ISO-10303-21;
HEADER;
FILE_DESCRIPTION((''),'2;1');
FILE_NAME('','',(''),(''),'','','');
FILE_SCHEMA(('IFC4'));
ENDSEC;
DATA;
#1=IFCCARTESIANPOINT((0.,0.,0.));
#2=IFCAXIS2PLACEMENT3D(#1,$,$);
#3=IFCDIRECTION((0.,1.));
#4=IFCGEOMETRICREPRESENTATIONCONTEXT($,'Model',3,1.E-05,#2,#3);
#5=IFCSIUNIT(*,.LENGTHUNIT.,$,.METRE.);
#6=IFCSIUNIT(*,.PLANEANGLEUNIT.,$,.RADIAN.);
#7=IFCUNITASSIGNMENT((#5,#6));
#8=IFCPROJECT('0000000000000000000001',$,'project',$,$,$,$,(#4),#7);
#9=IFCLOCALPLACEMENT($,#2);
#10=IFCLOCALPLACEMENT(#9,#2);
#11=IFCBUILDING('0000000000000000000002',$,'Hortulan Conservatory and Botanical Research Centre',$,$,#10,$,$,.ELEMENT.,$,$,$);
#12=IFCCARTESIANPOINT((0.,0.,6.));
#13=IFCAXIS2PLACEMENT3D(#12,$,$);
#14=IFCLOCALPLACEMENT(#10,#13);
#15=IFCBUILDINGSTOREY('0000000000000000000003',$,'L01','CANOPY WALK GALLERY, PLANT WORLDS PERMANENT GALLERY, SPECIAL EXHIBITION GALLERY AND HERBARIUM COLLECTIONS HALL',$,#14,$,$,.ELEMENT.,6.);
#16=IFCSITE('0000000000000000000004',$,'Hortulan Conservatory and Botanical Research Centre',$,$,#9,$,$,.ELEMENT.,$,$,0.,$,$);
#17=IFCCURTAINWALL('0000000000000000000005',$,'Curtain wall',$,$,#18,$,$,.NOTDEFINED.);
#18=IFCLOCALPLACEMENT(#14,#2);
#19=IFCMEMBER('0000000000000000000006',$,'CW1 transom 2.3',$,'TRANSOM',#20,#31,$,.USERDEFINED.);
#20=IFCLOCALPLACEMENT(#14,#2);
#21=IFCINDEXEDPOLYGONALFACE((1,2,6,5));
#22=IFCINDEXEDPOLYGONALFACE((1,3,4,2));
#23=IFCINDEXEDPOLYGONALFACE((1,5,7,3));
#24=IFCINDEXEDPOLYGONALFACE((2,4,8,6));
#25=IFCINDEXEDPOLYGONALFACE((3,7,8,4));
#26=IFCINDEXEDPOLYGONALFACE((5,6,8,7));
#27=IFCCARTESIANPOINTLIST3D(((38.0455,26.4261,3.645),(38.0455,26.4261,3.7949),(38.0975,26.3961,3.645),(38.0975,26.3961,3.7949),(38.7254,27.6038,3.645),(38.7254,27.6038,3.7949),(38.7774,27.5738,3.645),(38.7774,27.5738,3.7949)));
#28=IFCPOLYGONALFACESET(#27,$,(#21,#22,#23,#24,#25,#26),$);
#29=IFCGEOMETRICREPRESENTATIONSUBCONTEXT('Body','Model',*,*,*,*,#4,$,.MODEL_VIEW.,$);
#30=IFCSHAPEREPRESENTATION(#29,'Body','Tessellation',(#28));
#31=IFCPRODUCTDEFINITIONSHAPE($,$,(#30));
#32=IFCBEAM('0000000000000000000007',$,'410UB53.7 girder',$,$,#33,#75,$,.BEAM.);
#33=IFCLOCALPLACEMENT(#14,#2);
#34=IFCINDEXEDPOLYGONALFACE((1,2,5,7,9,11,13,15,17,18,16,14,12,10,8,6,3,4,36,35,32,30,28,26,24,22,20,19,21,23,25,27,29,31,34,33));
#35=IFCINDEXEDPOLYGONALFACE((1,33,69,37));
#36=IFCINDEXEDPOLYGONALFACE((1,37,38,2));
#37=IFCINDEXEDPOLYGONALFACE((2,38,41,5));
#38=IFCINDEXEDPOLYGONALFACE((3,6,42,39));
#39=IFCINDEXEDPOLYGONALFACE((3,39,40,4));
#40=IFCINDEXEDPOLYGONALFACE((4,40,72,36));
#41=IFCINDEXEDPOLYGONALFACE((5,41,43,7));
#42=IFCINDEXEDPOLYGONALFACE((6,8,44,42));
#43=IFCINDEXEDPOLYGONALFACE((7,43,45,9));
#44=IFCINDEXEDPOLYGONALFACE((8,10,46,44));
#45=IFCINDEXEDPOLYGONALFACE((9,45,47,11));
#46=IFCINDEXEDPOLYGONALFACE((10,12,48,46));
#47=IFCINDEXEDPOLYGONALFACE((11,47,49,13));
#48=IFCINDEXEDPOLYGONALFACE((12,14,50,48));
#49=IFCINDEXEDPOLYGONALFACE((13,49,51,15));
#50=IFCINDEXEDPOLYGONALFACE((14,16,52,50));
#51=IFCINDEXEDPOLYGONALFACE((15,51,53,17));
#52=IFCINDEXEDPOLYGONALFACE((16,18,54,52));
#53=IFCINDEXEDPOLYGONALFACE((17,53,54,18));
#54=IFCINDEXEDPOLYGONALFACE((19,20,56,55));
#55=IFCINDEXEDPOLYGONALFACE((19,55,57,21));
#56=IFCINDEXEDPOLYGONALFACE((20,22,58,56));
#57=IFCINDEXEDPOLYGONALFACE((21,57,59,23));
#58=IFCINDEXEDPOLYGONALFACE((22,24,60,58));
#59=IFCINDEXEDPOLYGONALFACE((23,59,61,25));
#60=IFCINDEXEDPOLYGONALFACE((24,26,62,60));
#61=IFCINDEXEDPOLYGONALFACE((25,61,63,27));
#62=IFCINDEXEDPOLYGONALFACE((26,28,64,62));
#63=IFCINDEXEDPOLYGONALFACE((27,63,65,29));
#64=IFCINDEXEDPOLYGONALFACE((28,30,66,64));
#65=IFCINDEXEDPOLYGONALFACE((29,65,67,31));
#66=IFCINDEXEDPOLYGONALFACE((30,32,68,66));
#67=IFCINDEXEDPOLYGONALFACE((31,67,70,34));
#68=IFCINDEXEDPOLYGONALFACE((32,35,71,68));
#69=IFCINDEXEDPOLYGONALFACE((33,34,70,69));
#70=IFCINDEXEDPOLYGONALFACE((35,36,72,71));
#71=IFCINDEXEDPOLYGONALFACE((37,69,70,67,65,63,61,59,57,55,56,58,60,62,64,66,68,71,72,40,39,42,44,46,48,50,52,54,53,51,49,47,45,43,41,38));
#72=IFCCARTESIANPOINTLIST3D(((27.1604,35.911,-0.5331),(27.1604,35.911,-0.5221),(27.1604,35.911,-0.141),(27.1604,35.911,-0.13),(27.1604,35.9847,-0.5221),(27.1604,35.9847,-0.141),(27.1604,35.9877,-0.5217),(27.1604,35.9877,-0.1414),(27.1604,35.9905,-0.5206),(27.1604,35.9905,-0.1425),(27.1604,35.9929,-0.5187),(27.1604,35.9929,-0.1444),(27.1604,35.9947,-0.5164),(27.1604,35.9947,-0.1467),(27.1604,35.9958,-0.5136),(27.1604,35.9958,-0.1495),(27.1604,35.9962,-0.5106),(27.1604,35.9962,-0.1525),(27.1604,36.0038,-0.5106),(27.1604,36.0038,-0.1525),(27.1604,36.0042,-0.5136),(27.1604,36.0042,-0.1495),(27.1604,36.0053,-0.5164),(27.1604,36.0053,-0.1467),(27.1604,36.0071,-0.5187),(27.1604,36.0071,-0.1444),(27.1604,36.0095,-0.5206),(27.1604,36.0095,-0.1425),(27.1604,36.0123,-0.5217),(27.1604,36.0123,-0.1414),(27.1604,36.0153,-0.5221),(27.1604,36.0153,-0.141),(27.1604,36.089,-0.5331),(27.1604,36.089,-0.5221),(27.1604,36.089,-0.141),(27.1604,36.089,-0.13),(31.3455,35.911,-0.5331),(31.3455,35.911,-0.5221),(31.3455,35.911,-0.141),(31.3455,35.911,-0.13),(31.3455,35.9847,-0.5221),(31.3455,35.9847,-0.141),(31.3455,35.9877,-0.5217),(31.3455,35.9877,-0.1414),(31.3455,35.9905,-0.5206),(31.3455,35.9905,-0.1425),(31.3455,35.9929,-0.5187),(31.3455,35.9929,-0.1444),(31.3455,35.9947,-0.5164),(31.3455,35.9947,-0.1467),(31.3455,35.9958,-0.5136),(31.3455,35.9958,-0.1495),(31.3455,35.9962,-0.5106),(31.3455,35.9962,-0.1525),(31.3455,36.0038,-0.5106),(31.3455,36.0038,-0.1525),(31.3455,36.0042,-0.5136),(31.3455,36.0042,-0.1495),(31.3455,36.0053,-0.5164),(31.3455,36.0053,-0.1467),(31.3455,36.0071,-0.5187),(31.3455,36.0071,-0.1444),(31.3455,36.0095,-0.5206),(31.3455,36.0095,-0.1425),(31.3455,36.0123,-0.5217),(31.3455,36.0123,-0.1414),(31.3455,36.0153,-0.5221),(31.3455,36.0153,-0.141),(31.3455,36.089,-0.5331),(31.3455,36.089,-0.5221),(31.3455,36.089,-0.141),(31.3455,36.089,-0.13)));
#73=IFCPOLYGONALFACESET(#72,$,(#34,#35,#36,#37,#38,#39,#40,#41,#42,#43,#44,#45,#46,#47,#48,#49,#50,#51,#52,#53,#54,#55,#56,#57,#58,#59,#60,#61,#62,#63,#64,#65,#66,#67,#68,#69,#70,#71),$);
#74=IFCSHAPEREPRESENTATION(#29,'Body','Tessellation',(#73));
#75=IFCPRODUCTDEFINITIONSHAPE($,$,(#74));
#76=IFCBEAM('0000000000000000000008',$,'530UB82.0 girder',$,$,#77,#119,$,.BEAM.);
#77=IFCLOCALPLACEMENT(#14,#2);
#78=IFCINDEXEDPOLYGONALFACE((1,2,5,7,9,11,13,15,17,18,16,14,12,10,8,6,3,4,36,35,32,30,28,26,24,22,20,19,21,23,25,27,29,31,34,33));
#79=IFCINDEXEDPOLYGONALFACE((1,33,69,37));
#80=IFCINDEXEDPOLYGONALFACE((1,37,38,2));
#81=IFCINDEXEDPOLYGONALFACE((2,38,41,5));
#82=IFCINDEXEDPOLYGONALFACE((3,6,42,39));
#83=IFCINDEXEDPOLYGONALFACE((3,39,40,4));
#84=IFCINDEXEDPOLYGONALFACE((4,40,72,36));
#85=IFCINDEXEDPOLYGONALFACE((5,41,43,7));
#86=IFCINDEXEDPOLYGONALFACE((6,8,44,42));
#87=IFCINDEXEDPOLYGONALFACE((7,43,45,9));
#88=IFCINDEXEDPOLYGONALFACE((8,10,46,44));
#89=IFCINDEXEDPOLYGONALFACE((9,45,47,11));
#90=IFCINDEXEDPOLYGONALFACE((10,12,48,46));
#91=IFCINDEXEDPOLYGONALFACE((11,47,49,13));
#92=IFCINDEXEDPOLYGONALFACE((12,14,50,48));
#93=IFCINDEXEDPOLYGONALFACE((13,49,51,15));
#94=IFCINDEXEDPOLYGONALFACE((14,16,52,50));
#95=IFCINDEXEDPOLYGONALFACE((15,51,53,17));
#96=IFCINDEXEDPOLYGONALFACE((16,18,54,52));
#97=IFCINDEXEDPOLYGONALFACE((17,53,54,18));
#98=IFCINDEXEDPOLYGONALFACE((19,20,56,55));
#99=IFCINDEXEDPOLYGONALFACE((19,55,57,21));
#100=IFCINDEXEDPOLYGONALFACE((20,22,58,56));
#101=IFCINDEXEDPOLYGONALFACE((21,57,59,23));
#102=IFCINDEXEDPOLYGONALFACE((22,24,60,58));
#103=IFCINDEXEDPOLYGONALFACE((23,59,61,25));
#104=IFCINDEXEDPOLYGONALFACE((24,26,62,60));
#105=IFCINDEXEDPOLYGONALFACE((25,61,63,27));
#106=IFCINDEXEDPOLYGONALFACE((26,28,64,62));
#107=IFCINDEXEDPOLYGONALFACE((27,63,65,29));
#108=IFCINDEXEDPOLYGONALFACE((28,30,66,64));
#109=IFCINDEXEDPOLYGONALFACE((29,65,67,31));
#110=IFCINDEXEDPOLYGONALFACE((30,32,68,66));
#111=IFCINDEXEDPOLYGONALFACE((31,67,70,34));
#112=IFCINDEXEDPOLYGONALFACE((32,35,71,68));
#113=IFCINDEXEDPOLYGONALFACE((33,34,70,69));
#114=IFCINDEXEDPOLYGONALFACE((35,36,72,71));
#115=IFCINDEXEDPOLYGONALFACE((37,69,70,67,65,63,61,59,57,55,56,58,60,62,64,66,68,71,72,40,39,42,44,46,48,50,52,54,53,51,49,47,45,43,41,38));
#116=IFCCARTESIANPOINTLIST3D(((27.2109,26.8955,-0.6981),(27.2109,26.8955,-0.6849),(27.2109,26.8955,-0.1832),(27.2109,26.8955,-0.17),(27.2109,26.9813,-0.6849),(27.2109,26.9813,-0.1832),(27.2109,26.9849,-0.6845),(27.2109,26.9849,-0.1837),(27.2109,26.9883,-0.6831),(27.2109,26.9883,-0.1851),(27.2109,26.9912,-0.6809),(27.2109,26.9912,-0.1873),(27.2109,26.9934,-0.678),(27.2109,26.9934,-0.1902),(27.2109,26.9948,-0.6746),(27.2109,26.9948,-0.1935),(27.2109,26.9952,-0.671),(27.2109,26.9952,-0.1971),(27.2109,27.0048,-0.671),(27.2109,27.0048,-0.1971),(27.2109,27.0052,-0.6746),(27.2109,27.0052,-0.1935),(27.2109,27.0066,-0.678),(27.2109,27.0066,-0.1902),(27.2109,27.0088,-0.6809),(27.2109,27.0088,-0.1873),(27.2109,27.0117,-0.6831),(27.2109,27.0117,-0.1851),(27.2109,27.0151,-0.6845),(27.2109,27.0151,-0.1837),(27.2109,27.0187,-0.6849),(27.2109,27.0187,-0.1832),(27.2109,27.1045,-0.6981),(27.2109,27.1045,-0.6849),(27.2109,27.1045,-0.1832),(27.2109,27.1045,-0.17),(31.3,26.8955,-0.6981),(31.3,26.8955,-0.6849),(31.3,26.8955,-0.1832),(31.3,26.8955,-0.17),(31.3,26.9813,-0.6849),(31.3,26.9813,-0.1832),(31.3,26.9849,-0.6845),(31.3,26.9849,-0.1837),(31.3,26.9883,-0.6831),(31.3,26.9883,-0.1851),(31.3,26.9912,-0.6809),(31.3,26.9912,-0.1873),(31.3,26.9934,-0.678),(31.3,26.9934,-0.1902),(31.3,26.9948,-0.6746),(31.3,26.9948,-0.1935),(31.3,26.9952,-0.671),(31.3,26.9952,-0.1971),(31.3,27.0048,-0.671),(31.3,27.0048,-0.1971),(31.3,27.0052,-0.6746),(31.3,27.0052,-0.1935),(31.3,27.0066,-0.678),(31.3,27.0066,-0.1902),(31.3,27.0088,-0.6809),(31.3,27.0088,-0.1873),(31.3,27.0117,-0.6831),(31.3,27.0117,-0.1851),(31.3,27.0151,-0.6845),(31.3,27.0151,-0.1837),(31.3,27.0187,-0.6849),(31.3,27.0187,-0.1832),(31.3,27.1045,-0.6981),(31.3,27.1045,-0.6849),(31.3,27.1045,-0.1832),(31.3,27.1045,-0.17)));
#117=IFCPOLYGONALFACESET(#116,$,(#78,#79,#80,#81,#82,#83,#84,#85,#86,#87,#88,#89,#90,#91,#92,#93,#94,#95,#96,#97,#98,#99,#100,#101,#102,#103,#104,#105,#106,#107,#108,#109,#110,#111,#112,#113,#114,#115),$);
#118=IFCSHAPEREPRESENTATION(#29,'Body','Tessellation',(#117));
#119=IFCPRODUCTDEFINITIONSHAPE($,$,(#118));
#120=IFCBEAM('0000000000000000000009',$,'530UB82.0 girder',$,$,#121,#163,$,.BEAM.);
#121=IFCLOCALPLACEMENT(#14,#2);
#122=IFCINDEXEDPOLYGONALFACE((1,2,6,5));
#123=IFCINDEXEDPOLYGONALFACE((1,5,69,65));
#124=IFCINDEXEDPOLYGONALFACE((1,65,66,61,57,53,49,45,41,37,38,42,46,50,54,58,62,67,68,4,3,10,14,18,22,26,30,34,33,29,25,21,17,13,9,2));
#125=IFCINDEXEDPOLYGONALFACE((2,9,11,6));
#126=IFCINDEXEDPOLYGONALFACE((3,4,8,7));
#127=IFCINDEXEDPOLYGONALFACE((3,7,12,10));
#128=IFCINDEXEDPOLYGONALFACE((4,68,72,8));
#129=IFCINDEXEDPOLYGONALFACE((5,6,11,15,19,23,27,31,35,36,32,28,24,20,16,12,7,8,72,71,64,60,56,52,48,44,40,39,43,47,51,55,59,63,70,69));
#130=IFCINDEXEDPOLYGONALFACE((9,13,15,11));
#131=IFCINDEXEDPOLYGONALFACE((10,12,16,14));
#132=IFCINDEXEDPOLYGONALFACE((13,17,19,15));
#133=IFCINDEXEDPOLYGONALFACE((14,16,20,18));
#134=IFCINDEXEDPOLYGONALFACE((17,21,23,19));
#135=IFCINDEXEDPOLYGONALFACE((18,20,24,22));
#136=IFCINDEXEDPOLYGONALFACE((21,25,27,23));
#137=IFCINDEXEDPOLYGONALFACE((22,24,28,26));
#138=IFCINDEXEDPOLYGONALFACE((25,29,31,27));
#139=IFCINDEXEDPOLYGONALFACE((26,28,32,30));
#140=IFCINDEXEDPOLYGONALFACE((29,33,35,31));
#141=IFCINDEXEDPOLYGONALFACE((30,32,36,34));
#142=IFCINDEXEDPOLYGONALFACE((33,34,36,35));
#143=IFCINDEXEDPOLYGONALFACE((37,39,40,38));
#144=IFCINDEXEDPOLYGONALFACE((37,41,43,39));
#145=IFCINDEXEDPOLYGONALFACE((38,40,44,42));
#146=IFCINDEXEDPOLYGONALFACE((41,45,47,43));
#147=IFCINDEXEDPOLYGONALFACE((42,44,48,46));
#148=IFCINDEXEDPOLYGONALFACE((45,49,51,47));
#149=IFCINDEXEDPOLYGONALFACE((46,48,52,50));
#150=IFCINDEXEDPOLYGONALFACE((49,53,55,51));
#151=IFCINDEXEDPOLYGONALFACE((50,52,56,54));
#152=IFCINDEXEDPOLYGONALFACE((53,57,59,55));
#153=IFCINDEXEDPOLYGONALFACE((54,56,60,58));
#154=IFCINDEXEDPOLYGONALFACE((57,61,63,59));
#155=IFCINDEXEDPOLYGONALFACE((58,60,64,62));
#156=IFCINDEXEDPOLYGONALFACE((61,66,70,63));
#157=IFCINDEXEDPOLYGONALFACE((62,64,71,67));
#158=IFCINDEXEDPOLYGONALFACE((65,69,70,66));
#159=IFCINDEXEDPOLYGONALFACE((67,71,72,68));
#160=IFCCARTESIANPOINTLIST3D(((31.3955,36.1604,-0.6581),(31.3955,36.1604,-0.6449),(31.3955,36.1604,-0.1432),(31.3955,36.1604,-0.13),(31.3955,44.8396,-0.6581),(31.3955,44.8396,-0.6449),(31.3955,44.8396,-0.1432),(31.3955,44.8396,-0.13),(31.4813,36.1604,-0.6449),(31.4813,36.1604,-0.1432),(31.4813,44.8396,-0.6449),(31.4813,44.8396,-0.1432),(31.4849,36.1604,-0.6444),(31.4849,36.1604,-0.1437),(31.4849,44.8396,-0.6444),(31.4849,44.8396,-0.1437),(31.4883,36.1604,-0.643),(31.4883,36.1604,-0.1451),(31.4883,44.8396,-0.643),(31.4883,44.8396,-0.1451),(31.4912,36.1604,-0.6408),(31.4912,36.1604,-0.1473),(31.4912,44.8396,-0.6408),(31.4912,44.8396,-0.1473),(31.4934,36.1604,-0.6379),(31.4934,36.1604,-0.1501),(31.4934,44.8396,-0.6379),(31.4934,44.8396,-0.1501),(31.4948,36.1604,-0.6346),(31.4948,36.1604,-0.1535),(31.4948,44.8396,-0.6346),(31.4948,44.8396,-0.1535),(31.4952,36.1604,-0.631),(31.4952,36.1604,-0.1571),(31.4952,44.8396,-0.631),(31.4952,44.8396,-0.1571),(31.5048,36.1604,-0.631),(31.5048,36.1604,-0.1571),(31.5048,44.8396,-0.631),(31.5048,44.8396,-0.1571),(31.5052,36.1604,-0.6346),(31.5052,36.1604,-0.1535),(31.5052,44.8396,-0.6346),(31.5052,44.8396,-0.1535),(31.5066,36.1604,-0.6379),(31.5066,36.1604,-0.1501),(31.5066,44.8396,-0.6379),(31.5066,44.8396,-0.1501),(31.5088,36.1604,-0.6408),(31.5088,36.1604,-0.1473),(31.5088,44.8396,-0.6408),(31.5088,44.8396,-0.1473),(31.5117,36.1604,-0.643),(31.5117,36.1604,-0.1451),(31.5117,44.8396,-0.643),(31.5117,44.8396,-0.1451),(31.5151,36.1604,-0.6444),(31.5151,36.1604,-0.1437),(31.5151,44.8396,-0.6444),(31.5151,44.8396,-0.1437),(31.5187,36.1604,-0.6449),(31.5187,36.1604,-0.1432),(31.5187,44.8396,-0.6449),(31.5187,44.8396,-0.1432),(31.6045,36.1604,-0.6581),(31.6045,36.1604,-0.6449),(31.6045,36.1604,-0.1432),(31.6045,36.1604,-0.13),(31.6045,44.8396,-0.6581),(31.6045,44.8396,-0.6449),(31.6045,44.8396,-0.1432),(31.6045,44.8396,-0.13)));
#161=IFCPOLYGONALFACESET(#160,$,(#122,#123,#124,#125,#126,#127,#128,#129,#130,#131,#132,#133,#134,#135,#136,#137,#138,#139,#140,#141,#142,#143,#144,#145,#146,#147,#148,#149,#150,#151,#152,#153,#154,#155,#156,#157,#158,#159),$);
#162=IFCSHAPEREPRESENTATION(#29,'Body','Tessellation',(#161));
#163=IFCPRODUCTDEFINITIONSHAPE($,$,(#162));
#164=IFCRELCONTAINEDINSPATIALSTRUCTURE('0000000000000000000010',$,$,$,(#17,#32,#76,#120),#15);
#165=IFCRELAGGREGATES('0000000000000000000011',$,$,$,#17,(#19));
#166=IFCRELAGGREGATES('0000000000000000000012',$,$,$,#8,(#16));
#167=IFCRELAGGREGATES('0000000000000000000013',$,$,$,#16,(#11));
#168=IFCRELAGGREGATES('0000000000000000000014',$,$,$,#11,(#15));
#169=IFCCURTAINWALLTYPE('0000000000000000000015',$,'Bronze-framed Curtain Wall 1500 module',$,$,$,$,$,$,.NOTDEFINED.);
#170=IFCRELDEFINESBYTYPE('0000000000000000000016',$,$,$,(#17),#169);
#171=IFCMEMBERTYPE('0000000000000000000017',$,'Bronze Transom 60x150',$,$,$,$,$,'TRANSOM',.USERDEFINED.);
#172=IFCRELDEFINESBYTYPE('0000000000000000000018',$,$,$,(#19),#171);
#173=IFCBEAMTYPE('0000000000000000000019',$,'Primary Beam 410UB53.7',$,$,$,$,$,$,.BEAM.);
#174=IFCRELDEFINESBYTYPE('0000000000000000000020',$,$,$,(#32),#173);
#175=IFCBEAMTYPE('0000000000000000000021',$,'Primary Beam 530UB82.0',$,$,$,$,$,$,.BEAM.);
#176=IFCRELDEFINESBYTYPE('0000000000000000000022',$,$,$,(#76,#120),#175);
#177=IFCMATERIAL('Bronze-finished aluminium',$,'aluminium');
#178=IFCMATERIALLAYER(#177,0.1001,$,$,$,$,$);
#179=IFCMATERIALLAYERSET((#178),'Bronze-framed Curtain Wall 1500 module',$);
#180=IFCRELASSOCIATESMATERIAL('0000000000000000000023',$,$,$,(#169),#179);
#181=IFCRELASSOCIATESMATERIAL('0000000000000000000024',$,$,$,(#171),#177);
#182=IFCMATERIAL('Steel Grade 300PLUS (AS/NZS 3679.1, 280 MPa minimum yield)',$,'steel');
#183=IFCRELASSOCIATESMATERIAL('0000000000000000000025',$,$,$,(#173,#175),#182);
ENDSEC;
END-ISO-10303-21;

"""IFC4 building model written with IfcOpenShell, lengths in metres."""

from ifc_helpers import new_model, si_unit, direction, frame, origin, origin_2d, place, context, subcontext, project, spatial, rectangle, i_section, extrude, material, layer, layer_set, material_profile, profile_set, type_object, element, aggregate, save


model = new_model("IFC4")

# Units and contexts
model_context = context("Model", 3, precision=1e-05, world=origin(), true_north=direction((0.0, 1.0)))
body_context = subcontext(model_context, "Body", "Model", "MODEL_VIEW")
ifc_project = project(units=[si_unit("LENGTHUNIT", "METRE"), si_unit("PLANEANGLEUNIT", "RADIAN")], contexts=[model_context])

# Site, building, storey
site_placement = place(None, origin())
site = spatial("IfcSite", under=ifc_project, at=site_placement, Name="Hortulan Conservatory and Botanical Research Centre", CompositionType="ELEMENT", RefElevation=0.0)
building_placement = place(site_placement, origin())
building = spatial("IfcBuilding", under=site, at=building_placement, Name="Hortulan Conservatory and Botanical Research Centre", CompositionType="ELEMENT")
storey_placement = place(building_placement, frame((0.0, 0.0, 6.0)))
storey = spatial("IfcBuildingStorey", under=building, at=storey_placement, Name="L01", Description="CANOPY WALK GALLERY, PLANT WORLDS PERMANENT GALLERY, SPECIAL EXHIBITION GALLERY AND HERBARIUM COLLECTIONS HALL", CompositionType="ELEMENT", Elevation=6.0)

# Shared definitions
ifc_material_1 = material(Name="Steel Grade 300PLUS (AS/NZS 3679.1, 280 MPa minimum yield)", Category="steel")

# Curtain wall, member
ifc_material_2 = material(Name="Bronze-finished aluminium", Category="aluminium")
ifc_layer_1 = layer(ifc_material_2, 0.1001)
ifc_layer_set_1 = layer_set([ifc_layer_1], Name="Bronze-framed Curtain Wall 1500 module")
curtain_wall_type = type_object("IfcCurtainWallType", Name="Bronze-framed Curtain Wall 1500 module", PredefinedType="NOTDEFINED", material=ifc_layer_set_1)
curtain_wall_placement = place(storey_placement, origin())
curtain_wall = element("IfcCurtainWall", 1, at=curtain_wall_placement, inside=storey, type_object=curtain_wall_type, Name="Curtain wall", PredefinedType="NOTDEFINED")
ifc_material_profile_1 = material_profile(ifc_material_2, rectangle(XDim=0.0601, YDim=0.1499, at=origin_2d()), Name="Bronze Transom 60x150")
ifc_profile_set_1 = profile_set([ifc_material_profile_1], Name="Bronze-finished aluminium")
member_type_1 = type_object("IfcMemberType", Name="Bronze Transom 60x150", ElementType="TRANSOM", PredefinedType="USERDEFINED", material=ifc_profile_set_1)
member_1_placement = place(storey_placement, frame((38.0715, 26.4111, 3.72), z_axis=(0.499981, 0.866036, 0.0), x_axis=(-0.866036, 0.499981, 0.0)))
member_1 = element("IfcMember", 2, at=member_1_placement, type_object=member_type_1, Name="CW1 transom 2.3", ObjectType="TRANSOM", PredefinedType="USERDEFINED", context=body_context, shape_type="SweptSolid", body=[
    extrude(rectangle(XDim=0.0601, YDim=0.1499, at=origin_2d()), origin(), (0.0, 0.0, 1.0), 1.3599),
])

# Beams
ifc_material_profile_2 = material_profile(ifc_material_1, i_section(OverallWidth=0.178, OverallDepth=0.4031, WebThickness=0.0076, FlangeThickness=0.011, FilletRadius=0.0115, at=origin_2d()), Name="410UB53.7")
ifc_profile_set_2 = profile_set([ifc_material_profile_2], Name="Steel Grade 300PLUS (AS/NZS 3679.1, 280 MPa minimum yield)")
beam_type_1 = type_object("IfcBeamType", Name="Primary Beam 410UB53.7", PredefinedType="BEAM", material=ifc_profile_set_2)
beam_1_placement = place(storey_placement, frame((27.1604, 36.0, -0.3315), z_axis=(1.0, 0.0, 0.0), x_axis=(0.0, 1.0, 0.0)))
element("IfcBeam", 3, at=beam_1_placement, inside=storey, type_object=beam_type_1, Name="410UB53.7 girder", PredefinedType="BEAM", context=body_context, shape_type="SweptSolid", body=[
    extrude(i_section(OverallWidth=0.178, OverallDepth=0.4031, WebThickness=0.0076, FlangeThickness=0.011, FilletRadius=0.0115, at=origin_2d()), origin(), (0.0, 0.0, 1.0), 4.1851),
])
ifc_material_profile_3 = material_profile(ifc_material_1, i_section(OverallWidth=0.209, OverallDepth=0.5281, WebThickness=0.0095, FlangeThickness=0.0132, FilletRadius=0.0139, at=origin_2d()), Name="530UB82.0")
ifc_profile_set_3 = profile_set([ifc_material_profile_3], Name="Steel Grade 300PLUS (AS/NZS 3679.1, 280 MPa minimum yield)")
beam_type_2 = type_object("IfcBeamType", Name="Primary Beam 530UB82.0", PredefinedType="BEAM", material=ifc_profile_set_3)
beam_2_placement = place(storey_placement, frame((27.2109, 27.0, -0.4341), z_axis=(1.0, 0.0, 0.0), x_axis=(0.0, 1.0, 0.0)))
element("IfcBeam", 4, at=beam_2_placement, inside=storey, type_object=beam_type_2, Name="530UB82.0 girder", PredefinedType="BEAM", context=body_context, shape_type="SweptSolid", body=[
    extrude(i_section(OverallWidth=0.209, OverallDepth=0.5281, WebThickness=0.0095, FlangeThickness=0.0132, FilletRadius=0.0139, at=origin_2d()), origin(), (0.0, 0.0, 1.0), 4.0891),
])
beam_3_placement = place(storey_placement, frame((31.5, 36.1604, -0.394), z_axis=(0.0, 1.0, 0.0), x_axis=(-1.0, 0.0, 0.0)))
element("IfcBeam", 5, at=beam_3_placement, inside=storey, type_object=beam_type_2, Name="530UB82.0 girder", PredefinedType="BEAM", context=body_context, shape_type="SweptSolid", body=[
    extrude(i_section(OverallWidth=0.209, OverallDepth=0.5281, WebThickness=0.0095, FlangeThickness=0.0132, FilletRadius=0.0139, at=origin_2d()), origin(), (0.0, 0.0, 1.0), 8.6792),
])

aggregate(curtain_wall, [member_1])

save(model, "model.ifc")
